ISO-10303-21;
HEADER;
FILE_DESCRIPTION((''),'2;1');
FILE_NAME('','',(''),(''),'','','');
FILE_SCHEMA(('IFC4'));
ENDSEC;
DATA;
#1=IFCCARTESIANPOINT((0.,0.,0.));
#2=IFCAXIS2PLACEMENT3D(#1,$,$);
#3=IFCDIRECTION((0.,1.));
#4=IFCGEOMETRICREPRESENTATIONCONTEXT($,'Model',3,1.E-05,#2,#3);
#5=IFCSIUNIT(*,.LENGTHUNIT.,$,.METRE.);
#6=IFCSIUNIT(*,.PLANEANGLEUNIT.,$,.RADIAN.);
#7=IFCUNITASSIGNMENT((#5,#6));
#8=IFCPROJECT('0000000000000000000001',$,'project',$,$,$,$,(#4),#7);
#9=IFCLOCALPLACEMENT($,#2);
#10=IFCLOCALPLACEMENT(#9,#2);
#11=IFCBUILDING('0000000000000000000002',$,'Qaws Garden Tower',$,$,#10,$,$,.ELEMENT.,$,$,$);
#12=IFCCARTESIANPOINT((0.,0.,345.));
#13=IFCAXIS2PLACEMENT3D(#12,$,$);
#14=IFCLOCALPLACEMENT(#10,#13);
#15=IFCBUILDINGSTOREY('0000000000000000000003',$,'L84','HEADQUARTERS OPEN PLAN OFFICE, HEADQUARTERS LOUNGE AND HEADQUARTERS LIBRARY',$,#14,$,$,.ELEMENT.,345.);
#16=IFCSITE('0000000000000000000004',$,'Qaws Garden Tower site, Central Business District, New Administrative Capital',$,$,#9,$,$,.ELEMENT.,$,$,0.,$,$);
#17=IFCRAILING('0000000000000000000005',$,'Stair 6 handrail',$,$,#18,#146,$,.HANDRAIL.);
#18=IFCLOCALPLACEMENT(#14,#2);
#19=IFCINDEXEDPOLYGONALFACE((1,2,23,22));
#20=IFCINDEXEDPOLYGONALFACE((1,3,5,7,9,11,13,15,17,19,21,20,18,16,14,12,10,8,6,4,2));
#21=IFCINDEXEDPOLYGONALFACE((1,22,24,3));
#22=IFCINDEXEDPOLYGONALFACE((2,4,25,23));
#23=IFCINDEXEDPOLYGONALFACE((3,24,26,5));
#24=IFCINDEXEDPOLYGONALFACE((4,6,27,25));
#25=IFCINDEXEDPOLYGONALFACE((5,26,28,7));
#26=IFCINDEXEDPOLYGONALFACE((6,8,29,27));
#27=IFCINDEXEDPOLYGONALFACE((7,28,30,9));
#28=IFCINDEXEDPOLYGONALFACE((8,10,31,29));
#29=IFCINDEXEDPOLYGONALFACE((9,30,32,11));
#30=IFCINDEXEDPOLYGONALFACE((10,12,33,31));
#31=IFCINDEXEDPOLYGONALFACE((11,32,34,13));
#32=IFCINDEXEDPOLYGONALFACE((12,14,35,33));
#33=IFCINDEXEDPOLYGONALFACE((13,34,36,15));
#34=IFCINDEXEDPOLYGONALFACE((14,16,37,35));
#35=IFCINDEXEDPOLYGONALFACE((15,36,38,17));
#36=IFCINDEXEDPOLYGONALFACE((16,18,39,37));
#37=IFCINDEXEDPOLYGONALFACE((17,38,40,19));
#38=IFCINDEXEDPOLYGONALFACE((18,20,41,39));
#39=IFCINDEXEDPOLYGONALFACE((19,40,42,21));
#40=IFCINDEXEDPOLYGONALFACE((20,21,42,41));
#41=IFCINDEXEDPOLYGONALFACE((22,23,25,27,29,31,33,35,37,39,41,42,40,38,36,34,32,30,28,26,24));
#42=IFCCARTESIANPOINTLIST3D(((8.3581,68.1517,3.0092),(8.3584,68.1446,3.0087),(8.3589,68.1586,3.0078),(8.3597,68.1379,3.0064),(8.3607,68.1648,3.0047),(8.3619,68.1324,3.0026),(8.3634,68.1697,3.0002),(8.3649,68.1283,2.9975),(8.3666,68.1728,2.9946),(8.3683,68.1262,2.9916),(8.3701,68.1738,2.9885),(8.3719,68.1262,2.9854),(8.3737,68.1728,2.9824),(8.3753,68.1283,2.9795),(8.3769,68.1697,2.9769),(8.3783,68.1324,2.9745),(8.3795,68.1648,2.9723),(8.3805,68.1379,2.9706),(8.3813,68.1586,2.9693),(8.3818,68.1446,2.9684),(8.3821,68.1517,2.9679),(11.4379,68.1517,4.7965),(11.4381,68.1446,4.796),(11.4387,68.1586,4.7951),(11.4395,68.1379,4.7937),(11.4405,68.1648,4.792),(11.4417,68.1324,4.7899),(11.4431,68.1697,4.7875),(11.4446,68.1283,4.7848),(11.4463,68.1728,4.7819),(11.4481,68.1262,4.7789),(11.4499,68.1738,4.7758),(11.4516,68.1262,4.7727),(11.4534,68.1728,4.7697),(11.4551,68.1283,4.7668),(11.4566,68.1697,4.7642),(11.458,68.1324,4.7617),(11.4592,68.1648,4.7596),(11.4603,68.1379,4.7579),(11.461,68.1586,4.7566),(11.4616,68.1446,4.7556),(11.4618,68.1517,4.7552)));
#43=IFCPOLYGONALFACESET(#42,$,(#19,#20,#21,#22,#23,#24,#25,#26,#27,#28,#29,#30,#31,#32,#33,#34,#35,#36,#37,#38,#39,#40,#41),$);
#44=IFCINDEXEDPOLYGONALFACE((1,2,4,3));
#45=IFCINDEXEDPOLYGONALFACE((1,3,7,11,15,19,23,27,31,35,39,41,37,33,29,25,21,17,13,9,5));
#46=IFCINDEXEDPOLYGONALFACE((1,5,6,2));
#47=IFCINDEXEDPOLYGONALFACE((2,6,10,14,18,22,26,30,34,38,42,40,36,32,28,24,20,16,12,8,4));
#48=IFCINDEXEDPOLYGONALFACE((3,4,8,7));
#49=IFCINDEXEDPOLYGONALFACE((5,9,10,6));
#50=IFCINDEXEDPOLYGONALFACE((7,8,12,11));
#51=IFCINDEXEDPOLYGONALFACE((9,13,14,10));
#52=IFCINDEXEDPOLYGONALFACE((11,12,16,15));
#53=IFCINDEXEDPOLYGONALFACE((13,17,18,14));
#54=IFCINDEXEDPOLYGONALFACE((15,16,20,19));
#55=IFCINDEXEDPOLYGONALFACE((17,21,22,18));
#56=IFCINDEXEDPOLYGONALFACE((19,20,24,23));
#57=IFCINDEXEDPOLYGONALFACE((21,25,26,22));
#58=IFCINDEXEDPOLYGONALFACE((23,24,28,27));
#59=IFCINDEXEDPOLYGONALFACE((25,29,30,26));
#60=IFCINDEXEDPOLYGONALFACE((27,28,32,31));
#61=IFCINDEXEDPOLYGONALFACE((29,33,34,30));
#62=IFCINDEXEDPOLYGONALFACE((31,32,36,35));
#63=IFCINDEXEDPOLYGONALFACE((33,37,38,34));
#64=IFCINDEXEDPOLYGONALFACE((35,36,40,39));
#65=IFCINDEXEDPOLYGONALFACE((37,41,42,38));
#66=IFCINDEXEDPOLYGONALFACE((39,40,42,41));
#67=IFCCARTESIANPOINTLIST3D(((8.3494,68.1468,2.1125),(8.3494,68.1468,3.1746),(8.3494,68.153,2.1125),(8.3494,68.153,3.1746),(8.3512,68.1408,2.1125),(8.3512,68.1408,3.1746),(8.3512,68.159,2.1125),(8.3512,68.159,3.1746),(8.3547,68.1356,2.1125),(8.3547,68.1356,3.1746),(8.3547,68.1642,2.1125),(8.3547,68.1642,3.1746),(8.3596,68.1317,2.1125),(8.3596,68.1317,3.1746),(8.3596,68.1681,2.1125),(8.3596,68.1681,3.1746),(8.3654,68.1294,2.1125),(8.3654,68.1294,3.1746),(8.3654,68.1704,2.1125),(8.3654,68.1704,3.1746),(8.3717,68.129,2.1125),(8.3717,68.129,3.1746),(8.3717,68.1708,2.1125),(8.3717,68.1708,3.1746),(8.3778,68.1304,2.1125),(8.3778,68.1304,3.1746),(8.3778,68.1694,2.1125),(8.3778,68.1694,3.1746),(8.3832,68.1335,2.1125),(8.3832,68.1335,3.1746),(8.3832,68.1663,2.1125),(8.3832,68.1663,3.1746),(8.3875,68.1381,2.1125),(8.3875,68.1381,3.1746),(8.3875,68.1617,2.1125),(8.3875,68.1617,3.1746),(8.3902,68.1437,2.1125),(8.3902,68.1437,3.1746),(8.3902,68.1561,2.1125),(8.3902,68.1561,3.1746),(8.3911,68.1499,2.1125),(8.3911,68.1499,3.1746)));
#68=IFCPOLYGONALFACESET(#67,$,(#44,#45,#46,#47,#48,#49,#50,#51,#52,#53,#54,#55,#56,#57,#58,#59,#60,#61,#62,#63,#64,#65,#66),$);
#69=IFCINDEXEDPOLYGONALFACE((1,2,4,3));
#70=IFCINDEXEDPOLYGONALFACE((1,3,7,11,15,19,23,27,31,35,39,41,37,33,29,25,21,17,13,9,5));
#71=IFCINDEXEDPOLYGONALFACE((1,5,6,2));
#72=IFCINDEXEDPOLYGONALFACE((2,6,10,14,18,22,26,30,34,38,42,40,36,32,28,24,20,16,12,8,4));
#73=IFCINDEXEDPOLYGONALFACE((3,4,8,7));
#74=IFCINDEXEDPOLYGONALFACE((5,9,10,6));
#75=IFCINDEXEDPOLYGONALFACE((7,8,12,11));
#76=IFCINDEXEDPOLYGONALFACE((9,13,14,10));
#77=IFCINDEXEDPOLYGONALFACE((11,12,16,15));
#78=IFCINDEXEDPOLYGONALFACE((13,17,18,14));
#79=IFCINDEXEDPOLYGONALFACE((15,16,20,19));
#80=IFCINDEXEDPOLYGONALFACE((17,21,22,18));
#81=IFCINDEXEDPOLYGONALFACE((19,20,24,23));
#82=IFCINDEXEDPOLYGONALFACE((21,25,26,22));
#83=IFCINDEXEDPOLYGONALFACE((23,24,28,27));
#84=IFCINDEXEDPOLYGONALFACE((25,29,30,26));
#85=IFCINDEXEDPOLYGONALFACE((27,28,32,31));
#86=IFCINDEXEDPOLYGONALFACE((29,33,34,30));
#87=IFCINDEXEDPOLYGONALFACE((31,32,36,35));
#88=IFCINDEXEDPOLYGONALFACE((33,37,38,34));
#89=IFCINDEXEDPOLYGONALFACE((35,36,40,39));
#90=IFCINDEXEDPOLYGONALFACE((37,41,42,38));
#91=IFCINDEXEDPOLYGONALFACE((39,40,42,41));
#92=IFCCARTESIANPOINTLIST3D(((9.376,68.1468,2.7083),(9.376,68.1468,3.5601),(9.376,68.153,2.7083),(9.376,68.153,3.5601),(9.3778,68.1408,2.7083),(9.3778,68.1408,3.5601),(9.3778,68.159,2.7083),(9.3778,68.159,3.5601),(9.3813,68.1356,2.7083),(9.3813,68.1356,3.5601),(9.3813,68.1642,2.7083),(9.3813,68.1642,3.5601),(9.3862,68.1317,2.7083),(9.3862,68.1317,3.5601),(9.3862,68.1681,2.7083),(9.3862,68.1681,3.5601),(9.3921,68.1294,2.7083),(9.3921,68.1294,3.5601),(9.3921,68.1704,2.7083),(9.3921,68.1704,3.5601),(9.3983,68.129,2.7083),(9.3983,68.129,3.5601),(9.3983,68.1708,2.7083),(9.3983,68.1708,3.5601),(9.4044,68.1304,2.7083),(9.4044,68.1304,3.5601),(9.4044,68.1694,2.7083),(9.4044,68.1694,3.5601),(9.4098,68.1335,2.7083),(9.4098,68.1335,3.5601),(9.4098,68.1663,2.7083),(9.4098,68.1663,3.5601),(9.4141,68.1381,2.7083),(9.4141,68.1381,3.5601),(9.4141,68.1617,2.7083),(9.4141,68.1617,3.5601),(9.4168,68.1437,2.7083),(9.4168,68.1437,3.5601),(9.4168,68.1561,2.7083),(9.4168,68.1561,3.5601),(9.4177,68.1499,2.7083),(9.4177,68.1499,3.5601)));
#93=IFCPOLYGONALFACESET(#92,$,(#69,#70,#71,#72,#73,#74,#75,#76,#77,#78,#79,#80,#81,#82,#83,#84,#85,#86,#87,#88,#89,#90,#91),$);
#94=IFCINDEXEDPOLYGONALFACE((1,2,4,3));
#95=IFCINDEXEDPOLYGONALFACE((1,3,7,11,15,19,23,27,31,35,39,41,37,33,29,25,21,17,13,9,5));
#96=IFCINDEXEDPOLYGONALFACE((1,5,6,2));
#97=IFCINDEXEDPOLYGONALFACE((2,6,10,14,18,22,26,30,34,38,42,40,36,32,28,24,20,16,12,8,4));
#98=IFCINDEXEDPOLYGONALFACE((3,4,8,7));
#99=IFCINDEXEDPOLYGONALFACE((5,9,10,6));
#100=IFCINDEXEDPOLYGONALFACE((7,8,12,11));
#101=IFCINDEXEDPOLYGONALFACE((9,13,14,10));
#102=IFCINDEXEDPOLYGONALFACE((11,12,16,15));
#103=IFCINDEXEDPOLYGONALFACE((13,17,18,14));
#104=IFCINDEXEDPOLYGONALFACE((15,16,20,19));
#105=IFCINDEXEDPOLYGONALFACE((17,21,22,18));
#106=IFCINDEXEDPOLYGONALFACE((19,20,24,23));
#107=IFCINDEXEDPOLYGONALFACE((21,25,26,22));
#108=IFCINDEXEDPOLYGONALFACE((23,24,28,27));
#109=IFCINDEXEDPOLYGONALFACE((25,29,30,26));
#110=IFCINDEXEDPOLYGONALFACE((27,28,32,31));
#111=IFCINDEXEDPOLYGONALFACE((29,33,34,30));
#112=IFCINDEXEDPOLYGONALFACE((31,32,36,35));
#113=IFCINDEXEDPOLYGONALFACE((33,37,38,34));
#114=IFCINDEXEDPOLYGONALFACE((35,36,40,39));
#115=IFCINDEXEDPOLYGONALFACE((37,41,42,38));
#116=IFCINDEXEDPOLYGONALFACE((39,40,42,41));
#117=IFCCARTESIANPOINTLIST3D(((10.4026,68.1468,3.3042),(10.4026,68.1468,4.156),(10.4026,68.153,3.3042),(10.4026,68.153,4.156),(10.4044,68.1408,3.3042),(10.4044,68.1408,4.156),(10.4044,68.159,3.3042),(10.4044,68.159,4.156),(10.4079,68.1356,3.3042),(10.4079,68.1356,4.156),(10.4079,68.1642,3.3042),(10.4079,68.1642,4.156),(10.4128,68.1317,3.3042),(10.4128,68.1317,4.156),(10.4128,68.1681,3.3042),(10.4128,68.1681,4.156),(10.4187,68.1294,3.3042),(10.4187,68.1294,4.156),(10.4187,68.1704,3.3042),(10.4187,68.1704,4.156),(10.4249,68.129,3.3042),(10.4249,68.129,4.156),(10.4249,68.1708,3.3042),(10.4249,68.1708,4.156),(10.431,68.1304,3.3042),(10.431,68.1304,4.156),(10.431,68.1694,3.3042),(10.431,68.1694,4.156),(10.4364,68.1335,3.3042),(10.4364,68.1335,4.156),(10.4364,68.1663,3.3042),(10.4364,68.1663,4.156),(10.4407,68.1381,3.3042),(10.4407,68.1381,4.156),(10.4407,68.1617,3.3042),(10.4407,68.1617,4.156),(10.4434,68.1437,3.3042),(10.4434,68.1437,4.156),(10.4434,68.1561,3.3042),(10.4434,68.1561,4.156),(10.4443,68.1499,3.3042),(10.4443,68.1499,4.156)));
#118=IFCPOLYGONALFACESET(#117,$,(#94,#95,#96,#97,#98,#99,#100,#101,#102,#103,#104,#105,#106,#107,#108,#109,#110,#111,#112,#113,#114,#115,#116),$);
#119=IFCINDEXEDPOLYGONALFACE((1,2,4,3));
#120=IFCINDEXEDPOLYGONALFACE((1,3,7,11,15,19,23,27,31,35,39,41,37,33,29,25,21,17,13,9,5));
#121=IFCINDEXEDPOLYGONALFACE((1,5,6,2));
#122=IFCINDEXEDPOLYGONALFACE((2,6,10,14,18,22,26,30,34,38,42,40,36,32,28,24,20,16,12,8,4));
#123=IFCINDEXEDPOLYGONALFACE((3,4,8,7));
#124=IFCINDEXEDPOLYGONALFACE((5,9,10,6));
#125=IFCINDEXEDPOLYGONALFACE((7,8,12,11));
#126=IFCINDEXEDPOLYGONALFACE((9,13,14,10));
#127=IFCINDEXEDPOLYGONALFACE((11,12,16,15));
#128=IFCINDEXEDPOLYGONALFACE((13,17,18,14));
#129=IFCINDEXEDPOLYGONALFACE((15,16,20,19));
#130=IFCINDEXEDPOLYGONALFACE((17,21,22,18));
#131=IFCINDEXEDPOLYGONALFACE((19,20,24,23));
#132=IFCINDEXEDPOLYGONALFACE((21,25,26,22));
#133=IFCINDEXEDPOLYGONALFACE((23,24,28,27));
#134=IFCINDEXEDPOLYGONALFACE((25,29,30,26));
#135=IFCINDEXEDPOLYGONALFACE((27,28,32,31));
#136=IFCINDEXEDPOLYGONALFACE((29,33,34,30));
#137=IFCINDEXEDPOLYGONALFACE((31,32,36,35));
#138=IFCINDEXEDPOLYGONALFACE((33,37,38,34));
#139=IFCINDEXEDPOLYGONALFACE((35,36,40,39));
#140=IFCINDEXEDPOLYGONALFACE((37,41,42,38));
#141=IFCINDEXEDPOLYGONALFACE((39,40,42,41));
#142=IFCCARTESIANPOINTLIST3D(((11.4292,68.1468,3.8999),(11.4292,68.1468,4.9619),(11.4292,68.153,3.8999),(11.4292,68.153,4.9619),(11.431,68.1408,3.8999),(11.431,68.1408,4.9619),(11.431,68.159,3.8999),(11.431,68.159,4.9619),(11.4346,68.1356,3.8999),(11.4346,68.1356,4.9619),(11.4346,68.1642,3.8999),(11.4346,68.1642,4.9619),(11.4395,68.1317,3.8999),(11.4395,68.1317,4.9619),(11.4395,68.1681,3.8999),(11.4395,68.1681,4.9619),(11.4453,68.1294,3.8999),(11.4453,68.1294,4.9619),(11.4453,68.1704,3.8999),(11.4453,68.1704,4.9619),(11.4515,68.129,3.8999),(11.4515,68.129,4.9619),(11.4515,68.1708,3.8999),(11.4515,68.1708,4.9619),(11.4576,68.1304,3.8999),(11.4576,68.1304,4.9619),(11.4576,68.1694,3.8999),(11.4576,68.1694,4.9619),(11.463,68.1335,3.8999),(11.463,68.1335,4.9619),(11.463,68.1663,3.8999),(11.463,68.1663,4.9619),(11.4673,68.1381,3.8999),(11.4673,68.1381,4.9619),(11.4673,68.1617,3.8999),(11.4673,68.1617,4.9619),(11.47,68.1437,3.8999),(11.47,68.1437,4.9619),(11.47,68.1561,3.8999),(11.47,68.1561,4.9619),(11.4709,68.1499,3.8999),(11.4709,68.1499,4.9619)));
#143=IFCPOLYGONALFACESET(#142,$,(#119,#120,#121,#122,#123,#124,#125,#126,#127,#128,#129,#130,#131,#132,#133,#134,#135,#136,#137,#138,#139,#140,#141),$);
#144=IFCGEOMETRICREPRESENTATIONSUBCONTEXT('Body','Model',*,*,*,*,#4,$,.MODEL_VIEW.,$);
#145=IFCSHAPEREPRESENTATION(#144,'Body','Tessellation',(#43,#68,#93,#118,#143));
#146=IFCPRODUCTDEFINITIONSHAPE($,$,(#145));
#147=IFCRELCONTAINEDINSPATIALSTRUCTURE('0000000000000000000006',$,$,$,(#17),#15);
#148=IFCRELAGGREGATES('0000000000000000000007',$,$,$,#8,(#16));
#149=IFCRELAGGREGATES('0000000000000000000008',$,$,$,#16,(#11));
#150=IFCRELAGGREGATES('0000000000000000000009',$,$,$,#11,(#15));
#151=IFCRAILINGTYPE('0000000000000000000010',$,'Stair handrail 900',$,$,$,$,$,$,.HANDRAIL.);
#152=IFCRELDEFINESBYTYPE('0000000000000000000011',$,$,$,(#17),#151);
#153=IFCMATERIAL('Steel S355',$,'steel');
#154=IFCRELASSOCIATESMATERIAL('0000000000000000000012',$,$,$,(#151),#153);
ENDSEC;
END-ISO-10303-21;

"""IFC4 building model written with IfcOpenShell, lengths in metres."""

from ifc_helpers import new_model, si_unit, direction, frame, origin, origin_2d, place, context, subcontext, project, spatial, circle, extrude, material, type_object, element, save


model = new_model("IFC4")

# Units and contexts
model_context = context("Model", 3, precision=1e-05, world=origin(), true_north=direction((0.0, 1.0)))
body_context = subcontext(model_context, "Body", "Model", "MODEL_VIEW")
ifc_project = project(units=[si_unit("LENGTHUNIT", "METRE"), si_unit("PLANEANGLEUNIT", "RADIAN")], contexts=[model_context])

# Site, building, storey
site_placement = place(None, origin())
site = spatial("IfcSite", under=ifc_project, at=site_placement, Name="Qaws Garden Tower site, Central Business District, New Administrative Capital", CompositionType="ELEMENT", RefElevation=0.0)
building_placement = place(site_placement, origin())
building = spatial("IfcBuilding", under=site, at=building_placement, Name="Qaws Garden Tower", CompositionType="ELEMENT")
storey_placement = place(building_placement, frame((0.0, 0.0, 345.0)))
storey = spatial("IfcBuildingStorey", under=building, at=storey_placement, Name="L84", Description="HEADQUARTERS OPEN PLAN OFFICE, HEADQUARTERS LOUNGE AND HEADQUARTERS LIBRARY", CompositionType="ELEMENT", Elevation=345.0)

# Railing
ifc_material_1 = material(Name="Steel S355", Category="steel")
railing_type = type_object("IfcRailingType", Name="Stair handrail 900", PredefinedType="HANDRAIL", material=ifc_material_1)
railing_1_placement = place(storey_placement, frame((8.3701, 68.1499, 2.1125)))
element("IfcRailing", 1, at=railing_1_placement, inside=storey, type_object=railing_type, Name="Stair 6 handrail", PredefinedType="HANDRAIL", context=body_context, shape_type="SweptSolid", body=[
    extrude(circle(Radius=0.0239, at=origin_2d()), frame((0.0, 0.0, 0.876), z_axis=(0.864903, 0.0, 0.501939), x_axis=(0.0, 1.0, 0.0)), (0.0, 0.0, 1.0), 3.5608),
    extrude(circle(Radius=0.021, at=origin_2d()), origin(), (0.0, 0.0, 1.0), 1.062),
    extrude(circle(Radius=0.021, at=origin_2d()), frame((1.0266, 0.0, 0.5957)), (0.0, 0.0, 1.0), 0.8518),
    extrude(circle(Radius=0.021, at=origin_2d()), frame((2.0532, 0.0, 1.1917)), (0.0, 0.0, 1.0), 0.8518),
    extrude(circle(Radius=0.021, at=origin_2d()), frame((3.0798, 0.0, 1.7874)), (0.0, 0.0, 1.0), 1.062),
])

save(model, "model.ifc")
